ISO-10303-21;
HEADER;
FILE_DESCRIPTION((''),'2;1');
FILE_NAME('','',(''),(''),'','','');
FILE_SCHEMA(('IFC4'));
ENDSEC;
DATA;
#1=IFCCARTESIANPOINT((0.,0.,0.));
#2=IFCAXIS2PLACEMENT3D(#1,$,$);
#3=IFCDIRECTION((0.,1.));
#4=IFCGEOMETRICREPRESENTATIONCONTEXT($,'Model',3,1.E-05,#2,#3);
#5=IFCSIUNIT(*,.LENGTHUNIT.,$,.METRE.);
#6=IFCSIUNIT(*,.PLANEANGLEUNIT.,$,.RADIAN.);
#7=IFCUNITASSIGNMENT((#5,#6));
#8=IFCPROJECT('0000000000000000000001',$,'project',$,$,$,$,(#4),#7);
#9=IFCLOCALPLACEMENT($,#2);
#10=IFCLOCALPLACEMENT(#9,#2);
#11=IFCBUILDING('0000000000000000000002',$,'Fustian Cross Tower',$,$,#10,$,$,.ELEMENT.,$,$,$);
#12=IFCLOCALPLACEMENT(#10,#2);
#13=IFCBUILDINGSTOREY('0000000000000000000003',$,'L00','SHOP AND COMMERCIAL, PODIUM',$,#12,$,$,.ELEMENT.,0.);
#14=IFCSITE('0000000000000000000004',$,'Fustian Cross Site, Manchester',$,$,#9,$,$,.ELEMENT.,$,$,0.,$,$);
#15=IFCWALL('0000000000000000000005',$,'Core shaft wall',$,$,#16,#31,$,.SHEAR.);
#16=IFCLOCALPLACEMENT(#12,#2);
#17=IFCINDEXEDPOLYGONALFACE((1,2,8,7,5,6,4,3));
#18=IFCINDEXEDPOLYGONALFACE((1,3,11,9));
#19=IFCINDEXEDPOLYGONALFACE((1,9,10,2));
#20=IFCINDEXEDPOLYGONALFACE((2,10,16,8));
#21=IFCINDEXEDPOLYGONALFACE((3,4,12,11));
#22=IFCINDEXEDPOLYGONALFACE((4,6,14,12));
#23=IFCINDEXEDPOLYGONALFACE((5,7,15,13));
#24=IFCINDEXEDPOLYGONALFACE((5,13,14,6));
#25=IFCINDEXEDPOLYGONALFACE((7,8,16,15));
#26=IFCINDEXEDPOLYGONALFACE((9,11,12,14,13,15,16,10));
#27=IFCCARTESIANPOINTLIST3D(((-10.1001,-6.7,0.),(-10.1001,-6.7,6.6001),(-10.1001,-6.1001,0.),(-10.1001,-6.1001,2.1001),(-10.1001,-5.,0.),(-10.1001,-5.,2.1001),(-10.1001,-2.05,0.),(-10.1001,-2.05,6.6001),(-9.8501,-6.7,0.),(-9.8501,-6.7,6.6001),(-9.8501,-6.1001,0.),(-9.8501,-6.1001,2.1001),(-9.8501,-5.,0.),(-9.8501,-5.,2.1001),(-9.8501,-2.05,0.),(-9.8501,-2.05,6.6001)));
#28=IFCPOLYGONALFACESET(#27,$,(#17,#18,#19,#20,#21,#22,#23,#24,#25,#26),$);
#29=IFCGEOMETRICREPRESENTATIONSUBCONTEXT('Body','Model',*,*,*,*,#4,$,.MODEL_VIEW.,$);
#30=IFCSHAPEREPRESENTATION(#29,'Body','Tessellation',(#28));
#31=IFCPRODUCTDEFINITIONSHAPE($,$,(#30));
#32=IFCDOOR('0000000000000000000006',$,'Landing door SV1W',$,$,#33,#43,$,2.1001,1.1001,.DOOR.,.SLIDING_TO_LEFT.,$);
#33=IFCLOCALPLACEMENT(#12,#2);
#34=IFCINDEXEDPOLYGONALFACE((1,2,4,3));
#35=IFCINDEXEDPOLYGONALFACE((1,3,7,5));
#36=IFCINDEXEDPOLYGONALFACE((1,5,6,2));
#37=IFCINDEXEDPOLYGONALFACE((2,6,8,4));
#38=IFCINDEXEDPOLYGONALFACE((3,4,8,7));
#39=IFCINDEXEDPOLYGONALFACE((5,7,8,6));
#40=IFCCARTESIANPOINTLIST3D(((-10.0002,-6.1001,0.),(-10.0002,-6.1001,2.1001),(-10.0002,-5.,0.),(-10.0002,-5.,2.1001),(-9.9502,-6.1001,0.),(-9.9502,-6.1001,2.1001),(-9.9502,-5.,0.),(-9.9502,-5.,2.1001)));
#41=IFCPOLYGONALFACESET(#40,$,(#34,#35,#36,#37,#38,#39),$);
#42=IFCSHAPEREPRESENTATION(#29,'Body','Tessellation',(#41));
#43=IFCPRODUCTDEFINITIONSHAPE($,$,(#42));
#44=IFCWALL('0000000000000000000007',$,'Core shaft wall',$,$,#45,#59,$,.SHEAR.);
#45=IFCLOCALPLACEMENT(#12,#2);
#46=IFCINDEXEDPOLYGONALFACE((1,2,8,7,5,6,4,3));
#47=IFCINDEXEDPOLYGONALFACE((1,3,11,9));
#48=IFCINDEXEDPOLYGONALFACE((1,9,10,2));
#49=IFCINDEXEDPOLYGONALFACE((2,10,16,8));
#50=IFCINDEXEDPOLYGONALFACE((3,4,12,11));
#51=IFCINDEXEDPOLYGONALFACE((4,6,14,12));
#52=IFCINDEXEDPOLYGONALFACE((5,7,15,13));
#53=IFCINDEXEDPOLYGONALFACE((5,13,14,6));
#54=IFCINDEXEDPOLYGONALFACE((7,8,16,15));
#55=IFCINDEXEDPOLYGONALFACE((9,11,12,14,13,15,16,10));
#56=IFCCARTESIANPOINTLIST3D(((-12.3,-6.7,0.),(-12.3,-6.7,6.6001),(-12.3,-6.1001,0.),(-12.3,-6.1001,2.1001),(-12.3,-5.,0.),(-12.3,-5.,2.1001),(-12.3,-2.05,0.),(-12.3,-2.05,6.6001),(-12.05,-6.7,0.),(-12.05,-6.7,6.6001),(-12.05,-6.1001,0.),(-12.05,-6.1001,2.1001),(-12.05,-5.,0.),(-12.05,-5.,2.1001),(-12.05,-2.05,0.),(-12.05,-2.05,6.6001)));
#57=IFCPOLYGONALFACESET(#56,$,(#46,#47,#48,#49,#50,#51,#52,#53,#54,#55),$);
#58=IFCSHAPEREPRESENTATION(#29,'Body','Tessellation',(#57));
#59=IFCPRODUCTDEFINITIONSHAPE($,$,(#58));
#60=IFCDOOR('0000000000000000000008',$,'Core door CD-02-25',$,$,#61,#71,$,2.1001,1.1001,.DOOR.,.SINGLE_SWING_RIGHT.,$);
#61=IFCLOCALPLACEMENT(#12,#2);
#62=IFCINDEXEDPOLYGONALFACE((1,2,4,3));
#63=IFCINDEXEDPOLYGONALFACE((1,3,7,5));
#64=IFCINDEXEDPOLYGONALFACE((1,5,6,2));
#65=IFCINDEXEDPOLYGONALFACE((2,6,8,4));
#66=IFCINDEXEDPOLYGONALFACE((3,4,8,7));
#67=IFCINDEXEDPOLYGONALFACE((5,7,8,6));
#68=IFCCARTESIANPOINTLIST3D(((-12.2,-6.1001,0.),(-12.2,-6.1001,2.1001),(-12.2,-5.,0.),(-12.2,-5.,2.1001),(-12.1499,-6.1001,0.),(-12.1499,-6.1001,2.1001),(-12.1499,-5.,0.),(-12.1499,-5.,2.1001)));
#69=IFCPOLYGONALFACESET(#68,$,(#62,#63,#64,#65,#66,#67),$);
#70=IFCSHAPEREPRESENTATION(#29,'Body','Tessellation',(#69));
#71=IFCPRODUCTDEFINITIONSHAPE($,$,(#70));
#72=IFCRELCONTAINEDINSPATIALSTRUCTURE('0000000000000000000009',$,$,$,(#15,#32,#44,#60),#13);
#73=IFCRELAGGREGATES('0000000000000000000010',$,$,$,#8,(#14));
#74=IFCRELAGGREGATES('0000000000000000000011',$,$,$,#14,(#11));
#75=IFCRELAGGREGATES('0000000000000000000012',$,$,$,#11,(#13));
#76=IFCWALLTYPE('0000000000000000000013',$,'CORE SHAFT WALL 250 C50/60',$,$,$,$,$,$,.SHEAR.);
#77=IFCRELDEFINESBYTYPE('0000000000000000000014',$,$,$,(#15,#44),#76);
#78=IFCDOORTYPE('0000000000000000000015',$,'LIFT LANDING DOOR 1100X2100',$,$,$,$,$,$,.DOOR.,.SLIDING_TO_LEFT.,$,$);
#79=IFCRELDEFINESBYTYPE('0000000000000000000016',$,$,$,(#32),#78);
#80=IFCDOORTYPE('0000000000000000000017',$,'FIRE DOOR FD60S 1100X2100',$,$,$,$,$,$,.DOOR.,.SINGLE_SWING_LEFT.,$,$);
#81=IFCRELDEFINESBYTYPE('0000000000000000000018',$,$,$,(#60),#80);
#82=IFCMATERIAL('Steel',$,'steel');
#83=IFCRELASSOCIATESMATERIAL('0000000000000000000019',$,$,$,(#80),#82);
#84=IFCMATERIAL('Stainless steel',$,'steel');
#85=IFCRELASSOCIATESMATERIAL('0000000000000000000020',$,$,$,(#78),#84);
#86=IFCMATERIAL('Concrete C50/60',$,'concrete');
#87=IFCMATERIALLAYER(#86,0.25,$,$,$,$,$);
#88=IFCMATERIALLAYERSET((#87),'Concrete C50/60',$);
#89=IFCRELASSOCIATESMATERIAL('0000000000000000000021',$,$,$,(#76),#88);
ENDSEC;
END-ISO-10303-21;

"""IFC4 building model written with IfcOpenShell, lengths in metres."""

from ifc_helpers import new_model, si_unit, direction, frame, frame_2d, origin, place, context, subcontext, project, spatial, rectangle, extrude, material, layer, layer_set, type_object, element, fill, save


model = new_model("IFC4")

# Units and contexts
model_context = context("Model", 3, precision=1e-05, world=origin(), true_north=direction((0.0, 1.0)))
body_context = subcontext(model_context, "Body", "Model", "MODEL_VIEW")
ifc_project = project(units=[si_unit("LENGTHUNIT", "METRE"), si_unit("PLANEANGLEUNIT", "RADIAN")], contexts=[model_context])

# Site, building, storey
site_placement = place(None, origin())
site = spatial("IfcSite", under=ifc_project, at=site_placement, Name="Fustian Cross Site, Manchester", CompositionType="ELEMENT", RefElevation=0.0)
building_placement = place(site_placement, origin())
building = spatial("IfcBuilding", under=site, at=building_placement, Name="Fustian Cross Tower", CompositionType="ELEMENT")
storey_placement = place(building_placement, origin())
storey = spatial("IfcBuildingStorey", under=building, at=storey_placement, Name="L00", Description="SHOP AND COMMERCIAL, PODIUM", CompositionType="ELEMENT", Elevation=0.0)

# Shared definitions
ifc_material_1 = material(Name="Steel", Category="steel")
door_type_1 = type_object("IfcDoorType", Name="FIRE DOOR FD60S 1100X2100", OperationType="SINGLE_SWING_LEFT", PredefinedType="DOOR", material=ifc_material_1)

# Shared definitions
ifc_material_2 = material(Name="Stainless steel", Category="steel")
door_type_2 = type_object("IfcDoorType", Name="LIFT LANDING DOOR 1100X2100", OperationType="SLIDING_TO_LEFT", PredefinedType="DOOR", material=ifc_material_2)

# Shared definitions
ifc_material_3 = material(Name="Concrete C50/60", Category="concrete")
ifc_layer_1 = layer(ifc_material_3, 0.25)
ifc_layer_set_1 = layer_set([ifc_layer_1], Name="Concrete C50/60")
wall_type_1 = type_object("IfcWallType", Name="CORE SHAFT WALL 250 C50/60", PredefinedType="SHEAR", material=ifc_layer_set_1)

# Walls, openings, doors
wall_1_placement = place(storey_placement, frame((-9.9751, -2.05, 0.0), z_axis=(0.0, 0.0, 1.0), x_axis=(0.0, -1.0, 0.0)))
wall_1 = element("IfcWall", 1, at=wall_1_placement, inside=storey, type_object=wall_type_1, Name="Core shaft wall", PredefinedType="SHEAR", context=body_context, shape_type="SweptSolid", body=[
    extrude(rectangle(XDim=4.6499, YDim=0.25, at=frame_2d((2.325, 0.0))), origin(), (0.0, 0.0, 1.0), 6.6001),
])
opening_1_placement = place(wall_1_placement, frame((2.95, 0.0, 0.0)))
opening_1 = element("IfcOpeningElement", 2, at=opening_1_placement, cuts=wall_1, PredefinedType="OPENING", context=body_context, shape_type="SweptSolid", body=[
    extrude(rectangle(XDim=1.1001, YDim=2.1001, at=frame_2d((0.55, 1.05))), frame((0.0, 0.135, 0.0), z_axis=(0.0, -1.0, 0.0), x_axis=(1.0, 0.0, 0.0)), (0.0, 0.0, 1.0), 0.27),
])
door_1_placement = place(opening_1_placement, origin())
door_1 = element("IfcDoor", 3, at=door_1_placement, inside=storey, type_object=door_type_2, Name="Landing door SV1W", OperationType="SLIDING_TO_LEFT", OverallHeight=2.1001, OverallWidth=1.1001, PredefinedType="DOOR", context=body_context, shape_type="SweptSolid", body=[
    extrude(rectangle(XDim=1.1001, YDim=2.1001, at=frame_2d((0.55, 1.05))), frame((0.0, 0.0249, 0.0), z_axis=(0.0, -1.0, 0.0), x_axis=(1.0, 0.0, 0.0)), (0.0, 0.0, 1.0), 0.05),
])
fill(opening_1, door_1)
wall_2_placement = place(storey_placement, frame((-12.175, -2.05, 0.0), z_axis=(0.0, 0.0, 1.0), x_axis=(0.0, -1.0, 0.0)))
wall_2 = element("IfcWall", 4, at=wall_2_placement, inside=storey, type_object=wall_type_1, Name="Core shaft wall", PredefinedType="SHEAR", context=body_context, shape_type="SweptSolid", body=[
    extrude(rectangle(XDim=4.6499, YDim=0.25, at=frame_2d((2.325, 0.0))), origin(), (0.0, 0.0, 1.0), 6.6001),
])
opening_2_placement = place(wall_2_placement, frame((2.95, 0.0, 0.0)))
opening_2 = element("IfcOpeningElement", 5, at=opening_2_placement, cuts=wall_2, PredefinedType="OPENING", context=body_context, shape_type="SweptSolid", body=[
    extrude(rectangle(XDim=1.1001, YDim=2.1001, at=frame_2d((0.55, 1.05))), frame((0.0, 0.135, 0.0), z_axis=(0.0, -1.0, 0.0), x_axis=(1.0, 0.0, 0.0)), (0.0, 0.0, 1.0), 0.27),
])
door_2_placement = place(opening_2_placement, frame((1.1001, 0.0, 0.0), z_axis=(0.0, 0.0, 1.0), x_axis=(-1.0, 0.0, 0.0)))
door_2 = element("IfcDoor", 6, at=door_2_placement, inside=storey, type_object=door_type_1, Name="Core door CD-02-25", OperationType="SINGLE_SWING_RIGHT", OverallHeight=2.1001, OverallWidth=1.1001, PredefinedType="DOOR", context=body_context, shape_type="SweptSolid", body=[
    extrude(rectangle(XDim=1.1001, YDim=2.1001, at=frame_2d((0.55, 1.05))), frame((0.0, 0.0249, 0.0), z_axis=(0.0, -1.0, 0.0), x_axis=(1.0, 0.0, 0.0)), (0.0, 0.0, 1.0), 0.05),
])
fill(opening_2, door_2)

save(model, "model.ifc")
